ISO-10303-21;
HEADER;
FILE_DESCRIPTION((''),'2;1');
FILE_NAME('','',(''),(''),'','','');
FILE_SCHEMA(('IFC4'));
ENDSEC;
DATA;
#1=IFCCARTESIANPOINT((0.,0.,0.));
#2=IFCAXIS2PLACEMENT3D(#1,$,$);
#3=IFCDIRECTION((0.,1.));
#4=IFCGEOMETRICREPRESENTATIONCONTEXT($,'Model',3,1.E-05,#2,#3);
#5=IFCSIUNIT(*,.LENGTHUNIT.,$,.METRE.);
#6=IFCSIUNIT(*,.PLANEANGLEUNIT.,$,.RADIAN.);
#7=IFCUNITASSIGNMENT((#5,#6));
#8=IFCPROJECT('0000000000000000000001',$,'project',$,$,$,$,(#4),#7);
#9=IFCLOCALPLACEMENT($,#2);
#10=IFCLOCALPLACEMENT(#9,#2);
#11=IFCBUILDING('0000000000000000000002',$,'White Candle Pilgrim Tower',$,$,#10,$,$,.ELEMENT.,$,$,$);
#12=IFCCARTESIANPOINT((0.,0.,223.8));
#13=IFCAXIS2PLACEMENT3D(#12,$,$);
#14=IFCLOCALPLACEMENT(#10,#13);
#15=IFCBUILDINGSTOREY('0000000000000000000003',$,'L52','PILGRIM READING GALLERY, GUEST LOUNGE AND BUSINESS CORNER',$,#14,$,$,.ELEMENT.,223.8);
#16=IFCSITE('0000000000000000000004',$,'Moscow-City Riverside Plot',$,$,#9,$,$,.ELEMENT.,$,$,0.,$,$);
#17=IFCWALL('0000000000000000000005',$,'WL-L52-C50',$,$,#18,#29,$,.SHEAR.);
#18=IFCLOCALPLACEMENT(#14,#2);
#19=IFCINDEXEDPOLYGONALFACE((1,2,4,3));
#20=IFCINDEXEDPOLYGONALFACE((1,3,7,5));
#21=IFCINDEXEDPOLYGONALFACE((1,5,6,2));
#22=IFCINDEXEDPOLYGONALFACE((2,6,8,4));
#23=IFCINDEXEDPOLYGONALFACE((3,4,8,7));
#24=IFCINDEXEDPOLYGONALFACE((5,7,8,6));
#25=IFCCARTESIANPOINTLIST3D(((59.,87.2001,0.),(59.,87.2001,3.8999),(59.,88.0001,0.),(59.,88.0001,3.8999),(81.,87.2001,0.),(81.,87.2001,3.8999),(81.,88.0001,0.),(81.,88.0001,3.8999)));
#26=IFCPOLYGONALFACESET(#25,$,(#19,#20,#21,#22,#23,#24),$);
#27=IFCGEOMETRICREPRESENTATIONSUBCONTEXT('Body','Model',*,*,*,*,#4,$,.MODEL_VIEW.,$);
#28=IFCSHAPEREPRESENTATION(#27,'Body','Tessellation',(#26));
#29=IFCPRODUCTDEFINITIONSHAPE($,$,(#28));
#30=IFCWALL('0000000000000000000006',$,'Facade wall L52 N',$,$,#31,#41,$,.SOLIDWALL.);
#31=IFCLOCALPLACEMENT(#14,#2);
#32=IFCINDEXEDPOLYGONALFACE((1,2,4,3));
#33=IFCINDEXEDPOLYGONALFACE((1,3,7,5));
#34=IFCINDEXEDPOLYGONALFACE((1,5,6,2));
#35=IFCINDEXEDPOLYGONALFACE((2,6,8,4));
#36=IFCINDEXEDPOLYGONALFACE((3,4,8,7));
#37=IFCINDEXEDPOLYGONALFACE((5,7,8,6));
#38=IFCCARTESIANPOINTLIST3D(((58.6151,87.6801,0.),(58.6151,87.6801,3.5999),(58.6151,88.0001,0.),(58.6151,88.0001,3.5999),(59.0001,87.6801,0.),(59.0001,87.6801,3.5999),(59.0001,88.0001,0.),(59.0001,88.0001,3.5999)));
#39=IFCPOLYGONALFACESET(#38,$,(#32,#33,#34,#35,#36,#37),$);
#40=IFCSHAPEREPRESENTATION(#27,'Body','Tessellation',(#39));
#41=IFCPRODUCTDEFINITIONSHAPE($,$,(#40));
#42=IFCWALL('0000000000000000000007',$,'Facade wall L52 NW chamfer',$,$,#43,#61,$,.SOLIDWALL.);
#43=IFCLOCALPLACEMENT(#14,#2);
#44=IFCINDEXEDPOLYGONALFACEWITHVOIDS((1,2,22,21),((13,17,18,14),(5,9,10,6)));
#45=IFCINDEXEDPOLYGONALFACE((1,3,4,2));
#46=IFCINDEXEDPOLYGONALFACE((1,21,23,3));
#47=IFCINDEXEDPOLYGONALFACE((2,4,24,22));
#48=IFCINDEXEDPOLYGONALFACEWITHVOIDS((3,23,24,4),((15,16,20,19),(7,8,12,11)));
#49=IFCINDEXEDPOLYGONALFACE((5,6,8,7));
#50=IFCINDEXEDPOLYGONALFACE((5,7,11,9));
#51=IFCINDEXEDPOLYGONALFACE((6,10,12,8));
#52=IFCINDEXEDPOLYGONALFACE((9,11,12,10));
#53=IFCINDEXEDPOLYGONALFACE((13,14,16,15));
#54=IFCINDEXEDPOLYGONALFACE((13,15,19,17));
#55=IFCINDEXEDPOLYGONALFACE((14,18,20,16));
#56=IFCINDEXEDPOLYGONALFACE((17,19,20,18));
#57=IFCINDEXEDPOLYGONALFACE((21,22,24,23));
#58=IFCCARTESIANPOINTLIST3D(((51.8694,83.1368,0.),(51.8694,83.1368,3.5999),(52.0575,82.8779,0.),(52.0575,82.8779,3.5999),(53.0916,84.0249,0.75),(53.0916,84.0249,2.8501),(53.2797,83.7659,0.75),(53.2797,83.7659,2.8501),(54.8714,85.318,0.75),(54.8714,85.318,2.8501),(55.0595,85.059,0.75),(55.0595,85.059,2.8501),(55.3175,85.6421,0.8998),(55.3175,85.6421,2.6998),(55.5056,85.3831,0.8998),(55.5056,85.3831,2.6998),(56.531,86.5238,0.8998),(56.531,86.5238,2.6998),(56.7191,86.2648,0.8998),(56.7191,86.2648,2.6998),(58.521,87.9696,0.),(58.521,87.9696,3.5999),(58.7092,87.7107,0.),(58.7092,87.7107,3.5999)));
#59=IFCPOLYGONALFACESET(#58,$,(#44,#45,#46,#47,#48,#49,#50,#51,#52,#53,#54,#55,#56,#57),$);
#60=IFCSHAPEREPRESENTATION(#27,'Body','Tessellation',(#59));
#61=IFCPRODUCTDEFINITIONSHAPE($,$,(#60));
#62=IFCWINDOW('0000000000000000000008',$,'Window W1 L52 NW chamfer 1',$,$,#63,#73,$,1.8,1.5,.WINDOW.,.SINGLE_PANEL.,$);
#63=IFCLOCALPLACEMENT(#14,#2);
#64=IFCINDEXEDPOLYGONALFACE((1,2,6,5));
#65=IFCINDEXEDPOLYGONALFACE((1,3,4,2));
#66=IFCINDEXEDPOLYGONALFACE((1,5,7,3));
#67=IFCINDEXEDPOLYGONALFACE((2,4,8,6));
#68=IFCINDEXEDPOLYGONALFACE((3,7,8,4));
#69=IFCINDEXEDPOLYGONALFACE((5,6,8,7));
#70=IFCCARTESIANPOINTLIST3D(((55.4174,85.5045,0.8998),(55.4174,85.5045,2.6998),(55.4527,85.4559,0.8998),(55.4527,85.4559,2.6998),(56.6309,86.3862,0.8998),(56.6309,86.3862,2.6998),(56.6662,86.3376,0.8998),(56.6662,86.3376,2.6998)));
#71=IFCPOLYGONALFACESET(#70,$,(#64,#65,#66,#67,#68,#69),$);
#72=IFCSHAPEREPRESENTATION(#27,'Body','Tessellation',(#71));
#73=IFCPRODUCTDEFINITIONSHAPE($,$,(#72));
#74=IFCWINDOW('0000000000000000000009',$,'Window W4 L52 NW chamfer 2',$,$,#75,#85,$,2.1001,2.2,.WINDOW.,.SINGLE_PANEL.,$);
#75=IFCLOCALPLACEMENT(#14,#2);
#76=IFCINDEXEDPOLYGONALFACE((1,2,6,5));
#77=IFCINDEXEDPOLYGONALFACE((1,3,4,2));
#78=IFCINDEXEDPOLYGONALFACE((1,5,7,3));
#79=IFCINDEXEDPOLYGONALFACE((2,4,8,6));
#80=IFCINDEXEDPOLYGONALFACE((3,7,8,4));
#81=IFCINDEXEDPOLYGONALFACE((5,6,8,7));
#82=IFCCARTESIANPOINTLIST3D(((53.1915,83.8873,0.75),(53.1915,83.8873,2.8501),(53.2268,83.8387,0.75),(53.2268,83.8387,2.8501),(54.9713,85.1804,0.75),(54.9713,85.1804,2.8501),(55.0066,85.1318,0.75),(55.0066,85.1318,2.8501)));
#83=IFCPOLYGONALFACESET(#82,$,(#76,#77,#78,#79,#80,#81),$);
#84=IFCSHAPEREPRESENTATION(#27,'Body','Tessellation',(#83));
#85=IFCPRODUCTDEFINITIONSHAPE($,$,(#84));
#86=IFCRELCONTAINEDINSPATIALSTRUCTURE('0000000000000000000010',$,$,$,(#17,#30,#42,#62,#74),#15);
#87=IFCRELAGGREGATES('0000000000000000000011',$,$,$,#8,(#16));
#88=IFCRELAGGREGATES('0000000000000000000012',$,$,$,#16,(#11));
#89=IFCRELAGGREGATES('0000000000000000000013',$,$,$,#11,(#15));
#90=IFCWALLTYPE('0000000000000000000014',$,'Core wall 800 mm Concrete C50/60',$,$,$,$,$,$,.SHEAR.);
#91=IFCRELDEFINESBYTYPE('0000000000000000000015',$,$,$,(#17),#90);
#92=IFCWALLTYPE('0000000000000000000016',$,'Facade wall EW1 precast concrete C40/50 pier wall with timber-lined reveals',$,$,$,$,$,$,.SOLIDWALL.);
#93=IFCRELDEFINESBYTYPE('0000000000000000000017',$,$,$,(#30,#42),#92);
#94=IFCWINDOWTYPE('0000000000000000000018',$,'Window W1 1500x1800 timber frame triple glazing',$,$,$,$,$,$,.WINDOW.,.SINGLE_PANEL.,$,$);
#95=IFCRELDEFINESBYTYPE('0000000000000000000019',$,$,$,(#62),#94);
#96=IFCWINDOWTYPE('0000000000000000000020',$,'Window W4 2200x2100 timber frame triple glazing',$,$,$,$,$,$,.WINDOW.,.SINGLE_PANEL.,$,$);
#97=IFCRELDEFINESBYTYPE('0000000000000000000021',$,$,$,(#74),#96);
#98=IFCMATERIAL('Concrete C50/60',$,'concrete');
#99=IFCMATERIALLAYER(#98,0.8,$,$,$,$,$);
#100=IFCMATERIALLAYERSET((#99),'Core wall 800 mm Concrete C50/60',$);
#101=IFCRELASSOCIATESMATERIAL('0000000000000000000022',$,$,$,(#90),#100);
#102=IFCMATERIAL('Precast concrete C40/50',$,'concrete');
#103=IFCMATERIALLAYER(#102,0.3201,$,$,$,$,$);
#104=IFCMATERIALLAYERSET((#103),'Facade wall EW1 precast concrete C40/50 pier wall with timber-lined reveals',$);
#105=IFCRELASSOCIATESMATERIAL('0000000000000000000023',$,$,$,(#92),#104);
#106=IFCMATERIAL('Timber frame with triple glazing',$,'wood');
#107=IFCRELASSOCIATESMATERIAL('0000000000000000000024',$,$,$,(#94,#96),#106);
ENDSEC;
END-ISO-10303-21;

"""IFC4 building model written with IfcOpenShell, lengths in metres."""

from ifc_helpers import new_model, si_unit, direction, frame, frame_2d, origin, place, context, subcontext, project, spatial, rectangle, extrude, material, layer, layer_set, type_object, element, fill, save


model = new_model("IFC4")

# Units and contexts
model_context = context("Model", 3, precision=1e-05, world=origin(), true_north=direction((0.0, 1.0)))
body_context = subcontext(model_context, "Body", "Model", "MODEL_VIEW")
ifc_project = project(units=[si_unit("LENGTHUNIT", "METRE"), si_unit("PLANEANGLEUNIT", "RADIAN")], contexts=[model_context])

# Site, building, storey
site_placement = place(None, origin())
site = spatial("IfcSite", under=ifc_project, at=site_placement, Name="Moscow-City Riverside Plot", CompositionType="ELEMENT", RefElevation=0.0)
building_placement = place(site_placement, origin())
building = spatial("IfcBuilding", under=site, at=building_placement, Name="White Candle Pilgrim Tower", CompositionType="ELEMENT")
storey_placement = place(building_placement, frame((0.0, 0.0, 223.8)))
storey = spatial("IfcBuildingStorey", under=building, at=storey_placement, Name="L52", Description="PILGRIM READING GALLERY, GUEST LOUNGE AND BUSINESS CORNER", CompositionType="ELEMENT", Elevation=223.8)

# Shared definitions
ifc_material_1 = material(Name="Concrete C50/60", Category="concrete")

# Walls
ifc_layer_1 = layer(ifc_material_1, 0.8)
ifc_layer_set_1 = layer_set([ifc_layer_1], Name="Core wall 800 mm Concrete C50/60")
wall_type_1 = type_object("IfcWallType", Name="Core wall 800 mm Concrete C50/60", PredefinedType="SHEAR", material=ifc_layer_set_1)
wall_1_placement = place(storey_placement, frame((59.0, 87.6001, 0.0), z_axis=(0.0, 0.0, 1.0), x_axis=(1.0, 0.0, 0.0)))
element("IfcWall", 1, at=wall_1_placement, inside=storey, type_object=wall_type_1, Name="WL-L52-C50", PredefinedType="SHEAR", context=body_context, shape_type="SweptSolid", body=[
    extrude(rectangle(XDim=22.0, YDim=0.8, at=frame_2d((11.0, 0.0))), origin(), (0.0, 0.0, 1.0), 3.8999),
])
ifc_material_2 = material(Name="Precast concrete C40/50", Category="concrete")
ifc_layer_2 = layer(ifc_material_2, 0.3201)
ifc_layer_set_2 = layer_set([ifc_layer_2], Name="Facade wall EW1 precast concrete C40/50 pier wall with timber-lined reveals")
wall_type_2 = type_object("IfcWallType", Name="Facade wall EW1 precast concrete C40/50 pier wall with timber-lined reveals", PredefinedType="SOLIDWALL", material=ifc_layer_set_2)
wall_2_placement = place(storey_placement, frame((59.0, 87.8401, 0.0), z_axis=(0.0, 0.0, 1.0), x_axis=(-1.0, 0.0, 0.0)))
element("IfcWall", 2, at=wall_2_placement, inside=storey, type_object=wall_type_2, Name="Facade wall L52 N", PredefinedType="SOLIDWALL", context=body_context, shape_type="SweptSolid", body=[
    extrude(rectangle(XDim=0.385, YDim=0.3201, at=frame_2d((0.1924, 0.0))), origin(), (0.0, 0.0, 1.0), 3.5999),
])

# Wall, openings, windows
wall_3_placement = place(storey_placement, frame((58.615, 87.8401, 0.0), z_axis=(0.0, 0.0, 1.0), x_axis=(-0.809012, -0.587792, 0.0)))
wall_3 = element("IfcWall", 3, at=wall_3_placement, inside=storey, type_object=wall_type_2, Name="Facade wall L52 NW chamfer", PredefinedType="SOLIDWALL", context=body_context, shape_type="SweptSolid", body=[
    extrude(rectangle(XDim=8.2219, YDim=0.3201, at=frame_2d((4.1108, 0.0))), origin(), (0.0, 0.0, 1.0), 3.5999),
])
opening_1_placement = place(wall_3_placement, frame((2.4597, 0.0, 0.8999)))
opening_1 = element("IfcOpeningElement", 4, at=opening_1_placement, cuts=wall_3, PredefinedType="OPENING", context=body_context, shape_type="SweptSolid", body=[
    extrude(rectangle(XDim=1.5, YDim=1.8, at=frame_2d((0.75, 0.8999))), frame((0.0, 0.1699, 0.0), z_axis=(0.0, -1.0, 0.0), x_axis=(1.0, 0.0, 0.0)), (0.0, 0.0, 1.0), 0.3401),
])
opening_2_placement = place(wall_3_placement, frame((4.511, 0.0, 0.75)))
opening_2 = element("IfcOpeningElement", 5, at=opening_2_placement, cuts=wall_3, PredefinedType="OPENING", context=body_context, shape_type="SweptSolid", body=[
    extrude(rectangle(XDim=2.2, YDim=2.1001, at=frame_2d((1.1001, 1.05))), frame((0.0, 0.1699, 0.0), z_axis=(0.0, -1.0, 0.0), x_axis=(1.0, 0.0, 0.0)), (0.0, 0.0, 1.0), 0.3401),
])
ifc_material_3 = material(Name="Timber frame with triple glazing", Category="wood")
window_type_1 = type_object("IfcWindowType", Name="Window W1 1500x1800 timber frame triple glazing", PartitioningType="SINGLE_PANEL", PredefinedType="WINDOW", material=ifc_material_3)
window_1_placement = place(opening_1_placement, origin())
window_1 = element("IfcWindow", 6, at=window_1_placement, inside=storey, type_object=window_type_1, Name="Window W1 L52 NW chamfer 1", OverallHeight=1.8, OverallWidth=1.5, PartitioningType="SINGLE_PANEL", PredefinedType="WINDOW", context=body_context, shape_type="SweptSolid", body=[
    extrude(rectangle(XDim=1.5, YDim=1.8, at=frame_2d((0.75, 0.8999))), frame((0.0, 0.0701, 0.0), z_axis=(0.0, -1.0, 0.0), x_axis=(1.0, 0.0, 0.0)), (0.0, 0.0, 1.0), 0.0601),
])
fill(opening_1, window_1)
window_type_2 = type_object("IfcWindowType", Name="Window W4 2200x2100 timber frame triple glazing", PartitioningType="SINGLE_PANEL", PredefinedType="WINDOW", material=ifc_material_3)
window_2_placement = place(opening_2_placement, origin())
window_2 = element("IfcWindow", 7, at=window_2_placement, inside=storey, type_object=window_type_2, Name="Window W4 L52 NW chamfer 2", OverallHeight=2.1001, OverallWidth=2.2, PartitioningType="SINGLE_PANEL", PredefinedType="WINDOW", context=body_context, shape_type="SweptSolid", body=[
    extrude(rectangle(XDim=2.2, YDim=2.1001, at=frame_2d((1.1001, 1.05))), frame((0.0, 0.0701, 0.0), z_axis=(0.0, -1.0, 0.0), x_axis=(1.0, 0.0, 0.0)), (0.0, 0.0, 1.0), 0.0601),
])
fill(opening_2, window_2)

save(model, "model.ifc")
